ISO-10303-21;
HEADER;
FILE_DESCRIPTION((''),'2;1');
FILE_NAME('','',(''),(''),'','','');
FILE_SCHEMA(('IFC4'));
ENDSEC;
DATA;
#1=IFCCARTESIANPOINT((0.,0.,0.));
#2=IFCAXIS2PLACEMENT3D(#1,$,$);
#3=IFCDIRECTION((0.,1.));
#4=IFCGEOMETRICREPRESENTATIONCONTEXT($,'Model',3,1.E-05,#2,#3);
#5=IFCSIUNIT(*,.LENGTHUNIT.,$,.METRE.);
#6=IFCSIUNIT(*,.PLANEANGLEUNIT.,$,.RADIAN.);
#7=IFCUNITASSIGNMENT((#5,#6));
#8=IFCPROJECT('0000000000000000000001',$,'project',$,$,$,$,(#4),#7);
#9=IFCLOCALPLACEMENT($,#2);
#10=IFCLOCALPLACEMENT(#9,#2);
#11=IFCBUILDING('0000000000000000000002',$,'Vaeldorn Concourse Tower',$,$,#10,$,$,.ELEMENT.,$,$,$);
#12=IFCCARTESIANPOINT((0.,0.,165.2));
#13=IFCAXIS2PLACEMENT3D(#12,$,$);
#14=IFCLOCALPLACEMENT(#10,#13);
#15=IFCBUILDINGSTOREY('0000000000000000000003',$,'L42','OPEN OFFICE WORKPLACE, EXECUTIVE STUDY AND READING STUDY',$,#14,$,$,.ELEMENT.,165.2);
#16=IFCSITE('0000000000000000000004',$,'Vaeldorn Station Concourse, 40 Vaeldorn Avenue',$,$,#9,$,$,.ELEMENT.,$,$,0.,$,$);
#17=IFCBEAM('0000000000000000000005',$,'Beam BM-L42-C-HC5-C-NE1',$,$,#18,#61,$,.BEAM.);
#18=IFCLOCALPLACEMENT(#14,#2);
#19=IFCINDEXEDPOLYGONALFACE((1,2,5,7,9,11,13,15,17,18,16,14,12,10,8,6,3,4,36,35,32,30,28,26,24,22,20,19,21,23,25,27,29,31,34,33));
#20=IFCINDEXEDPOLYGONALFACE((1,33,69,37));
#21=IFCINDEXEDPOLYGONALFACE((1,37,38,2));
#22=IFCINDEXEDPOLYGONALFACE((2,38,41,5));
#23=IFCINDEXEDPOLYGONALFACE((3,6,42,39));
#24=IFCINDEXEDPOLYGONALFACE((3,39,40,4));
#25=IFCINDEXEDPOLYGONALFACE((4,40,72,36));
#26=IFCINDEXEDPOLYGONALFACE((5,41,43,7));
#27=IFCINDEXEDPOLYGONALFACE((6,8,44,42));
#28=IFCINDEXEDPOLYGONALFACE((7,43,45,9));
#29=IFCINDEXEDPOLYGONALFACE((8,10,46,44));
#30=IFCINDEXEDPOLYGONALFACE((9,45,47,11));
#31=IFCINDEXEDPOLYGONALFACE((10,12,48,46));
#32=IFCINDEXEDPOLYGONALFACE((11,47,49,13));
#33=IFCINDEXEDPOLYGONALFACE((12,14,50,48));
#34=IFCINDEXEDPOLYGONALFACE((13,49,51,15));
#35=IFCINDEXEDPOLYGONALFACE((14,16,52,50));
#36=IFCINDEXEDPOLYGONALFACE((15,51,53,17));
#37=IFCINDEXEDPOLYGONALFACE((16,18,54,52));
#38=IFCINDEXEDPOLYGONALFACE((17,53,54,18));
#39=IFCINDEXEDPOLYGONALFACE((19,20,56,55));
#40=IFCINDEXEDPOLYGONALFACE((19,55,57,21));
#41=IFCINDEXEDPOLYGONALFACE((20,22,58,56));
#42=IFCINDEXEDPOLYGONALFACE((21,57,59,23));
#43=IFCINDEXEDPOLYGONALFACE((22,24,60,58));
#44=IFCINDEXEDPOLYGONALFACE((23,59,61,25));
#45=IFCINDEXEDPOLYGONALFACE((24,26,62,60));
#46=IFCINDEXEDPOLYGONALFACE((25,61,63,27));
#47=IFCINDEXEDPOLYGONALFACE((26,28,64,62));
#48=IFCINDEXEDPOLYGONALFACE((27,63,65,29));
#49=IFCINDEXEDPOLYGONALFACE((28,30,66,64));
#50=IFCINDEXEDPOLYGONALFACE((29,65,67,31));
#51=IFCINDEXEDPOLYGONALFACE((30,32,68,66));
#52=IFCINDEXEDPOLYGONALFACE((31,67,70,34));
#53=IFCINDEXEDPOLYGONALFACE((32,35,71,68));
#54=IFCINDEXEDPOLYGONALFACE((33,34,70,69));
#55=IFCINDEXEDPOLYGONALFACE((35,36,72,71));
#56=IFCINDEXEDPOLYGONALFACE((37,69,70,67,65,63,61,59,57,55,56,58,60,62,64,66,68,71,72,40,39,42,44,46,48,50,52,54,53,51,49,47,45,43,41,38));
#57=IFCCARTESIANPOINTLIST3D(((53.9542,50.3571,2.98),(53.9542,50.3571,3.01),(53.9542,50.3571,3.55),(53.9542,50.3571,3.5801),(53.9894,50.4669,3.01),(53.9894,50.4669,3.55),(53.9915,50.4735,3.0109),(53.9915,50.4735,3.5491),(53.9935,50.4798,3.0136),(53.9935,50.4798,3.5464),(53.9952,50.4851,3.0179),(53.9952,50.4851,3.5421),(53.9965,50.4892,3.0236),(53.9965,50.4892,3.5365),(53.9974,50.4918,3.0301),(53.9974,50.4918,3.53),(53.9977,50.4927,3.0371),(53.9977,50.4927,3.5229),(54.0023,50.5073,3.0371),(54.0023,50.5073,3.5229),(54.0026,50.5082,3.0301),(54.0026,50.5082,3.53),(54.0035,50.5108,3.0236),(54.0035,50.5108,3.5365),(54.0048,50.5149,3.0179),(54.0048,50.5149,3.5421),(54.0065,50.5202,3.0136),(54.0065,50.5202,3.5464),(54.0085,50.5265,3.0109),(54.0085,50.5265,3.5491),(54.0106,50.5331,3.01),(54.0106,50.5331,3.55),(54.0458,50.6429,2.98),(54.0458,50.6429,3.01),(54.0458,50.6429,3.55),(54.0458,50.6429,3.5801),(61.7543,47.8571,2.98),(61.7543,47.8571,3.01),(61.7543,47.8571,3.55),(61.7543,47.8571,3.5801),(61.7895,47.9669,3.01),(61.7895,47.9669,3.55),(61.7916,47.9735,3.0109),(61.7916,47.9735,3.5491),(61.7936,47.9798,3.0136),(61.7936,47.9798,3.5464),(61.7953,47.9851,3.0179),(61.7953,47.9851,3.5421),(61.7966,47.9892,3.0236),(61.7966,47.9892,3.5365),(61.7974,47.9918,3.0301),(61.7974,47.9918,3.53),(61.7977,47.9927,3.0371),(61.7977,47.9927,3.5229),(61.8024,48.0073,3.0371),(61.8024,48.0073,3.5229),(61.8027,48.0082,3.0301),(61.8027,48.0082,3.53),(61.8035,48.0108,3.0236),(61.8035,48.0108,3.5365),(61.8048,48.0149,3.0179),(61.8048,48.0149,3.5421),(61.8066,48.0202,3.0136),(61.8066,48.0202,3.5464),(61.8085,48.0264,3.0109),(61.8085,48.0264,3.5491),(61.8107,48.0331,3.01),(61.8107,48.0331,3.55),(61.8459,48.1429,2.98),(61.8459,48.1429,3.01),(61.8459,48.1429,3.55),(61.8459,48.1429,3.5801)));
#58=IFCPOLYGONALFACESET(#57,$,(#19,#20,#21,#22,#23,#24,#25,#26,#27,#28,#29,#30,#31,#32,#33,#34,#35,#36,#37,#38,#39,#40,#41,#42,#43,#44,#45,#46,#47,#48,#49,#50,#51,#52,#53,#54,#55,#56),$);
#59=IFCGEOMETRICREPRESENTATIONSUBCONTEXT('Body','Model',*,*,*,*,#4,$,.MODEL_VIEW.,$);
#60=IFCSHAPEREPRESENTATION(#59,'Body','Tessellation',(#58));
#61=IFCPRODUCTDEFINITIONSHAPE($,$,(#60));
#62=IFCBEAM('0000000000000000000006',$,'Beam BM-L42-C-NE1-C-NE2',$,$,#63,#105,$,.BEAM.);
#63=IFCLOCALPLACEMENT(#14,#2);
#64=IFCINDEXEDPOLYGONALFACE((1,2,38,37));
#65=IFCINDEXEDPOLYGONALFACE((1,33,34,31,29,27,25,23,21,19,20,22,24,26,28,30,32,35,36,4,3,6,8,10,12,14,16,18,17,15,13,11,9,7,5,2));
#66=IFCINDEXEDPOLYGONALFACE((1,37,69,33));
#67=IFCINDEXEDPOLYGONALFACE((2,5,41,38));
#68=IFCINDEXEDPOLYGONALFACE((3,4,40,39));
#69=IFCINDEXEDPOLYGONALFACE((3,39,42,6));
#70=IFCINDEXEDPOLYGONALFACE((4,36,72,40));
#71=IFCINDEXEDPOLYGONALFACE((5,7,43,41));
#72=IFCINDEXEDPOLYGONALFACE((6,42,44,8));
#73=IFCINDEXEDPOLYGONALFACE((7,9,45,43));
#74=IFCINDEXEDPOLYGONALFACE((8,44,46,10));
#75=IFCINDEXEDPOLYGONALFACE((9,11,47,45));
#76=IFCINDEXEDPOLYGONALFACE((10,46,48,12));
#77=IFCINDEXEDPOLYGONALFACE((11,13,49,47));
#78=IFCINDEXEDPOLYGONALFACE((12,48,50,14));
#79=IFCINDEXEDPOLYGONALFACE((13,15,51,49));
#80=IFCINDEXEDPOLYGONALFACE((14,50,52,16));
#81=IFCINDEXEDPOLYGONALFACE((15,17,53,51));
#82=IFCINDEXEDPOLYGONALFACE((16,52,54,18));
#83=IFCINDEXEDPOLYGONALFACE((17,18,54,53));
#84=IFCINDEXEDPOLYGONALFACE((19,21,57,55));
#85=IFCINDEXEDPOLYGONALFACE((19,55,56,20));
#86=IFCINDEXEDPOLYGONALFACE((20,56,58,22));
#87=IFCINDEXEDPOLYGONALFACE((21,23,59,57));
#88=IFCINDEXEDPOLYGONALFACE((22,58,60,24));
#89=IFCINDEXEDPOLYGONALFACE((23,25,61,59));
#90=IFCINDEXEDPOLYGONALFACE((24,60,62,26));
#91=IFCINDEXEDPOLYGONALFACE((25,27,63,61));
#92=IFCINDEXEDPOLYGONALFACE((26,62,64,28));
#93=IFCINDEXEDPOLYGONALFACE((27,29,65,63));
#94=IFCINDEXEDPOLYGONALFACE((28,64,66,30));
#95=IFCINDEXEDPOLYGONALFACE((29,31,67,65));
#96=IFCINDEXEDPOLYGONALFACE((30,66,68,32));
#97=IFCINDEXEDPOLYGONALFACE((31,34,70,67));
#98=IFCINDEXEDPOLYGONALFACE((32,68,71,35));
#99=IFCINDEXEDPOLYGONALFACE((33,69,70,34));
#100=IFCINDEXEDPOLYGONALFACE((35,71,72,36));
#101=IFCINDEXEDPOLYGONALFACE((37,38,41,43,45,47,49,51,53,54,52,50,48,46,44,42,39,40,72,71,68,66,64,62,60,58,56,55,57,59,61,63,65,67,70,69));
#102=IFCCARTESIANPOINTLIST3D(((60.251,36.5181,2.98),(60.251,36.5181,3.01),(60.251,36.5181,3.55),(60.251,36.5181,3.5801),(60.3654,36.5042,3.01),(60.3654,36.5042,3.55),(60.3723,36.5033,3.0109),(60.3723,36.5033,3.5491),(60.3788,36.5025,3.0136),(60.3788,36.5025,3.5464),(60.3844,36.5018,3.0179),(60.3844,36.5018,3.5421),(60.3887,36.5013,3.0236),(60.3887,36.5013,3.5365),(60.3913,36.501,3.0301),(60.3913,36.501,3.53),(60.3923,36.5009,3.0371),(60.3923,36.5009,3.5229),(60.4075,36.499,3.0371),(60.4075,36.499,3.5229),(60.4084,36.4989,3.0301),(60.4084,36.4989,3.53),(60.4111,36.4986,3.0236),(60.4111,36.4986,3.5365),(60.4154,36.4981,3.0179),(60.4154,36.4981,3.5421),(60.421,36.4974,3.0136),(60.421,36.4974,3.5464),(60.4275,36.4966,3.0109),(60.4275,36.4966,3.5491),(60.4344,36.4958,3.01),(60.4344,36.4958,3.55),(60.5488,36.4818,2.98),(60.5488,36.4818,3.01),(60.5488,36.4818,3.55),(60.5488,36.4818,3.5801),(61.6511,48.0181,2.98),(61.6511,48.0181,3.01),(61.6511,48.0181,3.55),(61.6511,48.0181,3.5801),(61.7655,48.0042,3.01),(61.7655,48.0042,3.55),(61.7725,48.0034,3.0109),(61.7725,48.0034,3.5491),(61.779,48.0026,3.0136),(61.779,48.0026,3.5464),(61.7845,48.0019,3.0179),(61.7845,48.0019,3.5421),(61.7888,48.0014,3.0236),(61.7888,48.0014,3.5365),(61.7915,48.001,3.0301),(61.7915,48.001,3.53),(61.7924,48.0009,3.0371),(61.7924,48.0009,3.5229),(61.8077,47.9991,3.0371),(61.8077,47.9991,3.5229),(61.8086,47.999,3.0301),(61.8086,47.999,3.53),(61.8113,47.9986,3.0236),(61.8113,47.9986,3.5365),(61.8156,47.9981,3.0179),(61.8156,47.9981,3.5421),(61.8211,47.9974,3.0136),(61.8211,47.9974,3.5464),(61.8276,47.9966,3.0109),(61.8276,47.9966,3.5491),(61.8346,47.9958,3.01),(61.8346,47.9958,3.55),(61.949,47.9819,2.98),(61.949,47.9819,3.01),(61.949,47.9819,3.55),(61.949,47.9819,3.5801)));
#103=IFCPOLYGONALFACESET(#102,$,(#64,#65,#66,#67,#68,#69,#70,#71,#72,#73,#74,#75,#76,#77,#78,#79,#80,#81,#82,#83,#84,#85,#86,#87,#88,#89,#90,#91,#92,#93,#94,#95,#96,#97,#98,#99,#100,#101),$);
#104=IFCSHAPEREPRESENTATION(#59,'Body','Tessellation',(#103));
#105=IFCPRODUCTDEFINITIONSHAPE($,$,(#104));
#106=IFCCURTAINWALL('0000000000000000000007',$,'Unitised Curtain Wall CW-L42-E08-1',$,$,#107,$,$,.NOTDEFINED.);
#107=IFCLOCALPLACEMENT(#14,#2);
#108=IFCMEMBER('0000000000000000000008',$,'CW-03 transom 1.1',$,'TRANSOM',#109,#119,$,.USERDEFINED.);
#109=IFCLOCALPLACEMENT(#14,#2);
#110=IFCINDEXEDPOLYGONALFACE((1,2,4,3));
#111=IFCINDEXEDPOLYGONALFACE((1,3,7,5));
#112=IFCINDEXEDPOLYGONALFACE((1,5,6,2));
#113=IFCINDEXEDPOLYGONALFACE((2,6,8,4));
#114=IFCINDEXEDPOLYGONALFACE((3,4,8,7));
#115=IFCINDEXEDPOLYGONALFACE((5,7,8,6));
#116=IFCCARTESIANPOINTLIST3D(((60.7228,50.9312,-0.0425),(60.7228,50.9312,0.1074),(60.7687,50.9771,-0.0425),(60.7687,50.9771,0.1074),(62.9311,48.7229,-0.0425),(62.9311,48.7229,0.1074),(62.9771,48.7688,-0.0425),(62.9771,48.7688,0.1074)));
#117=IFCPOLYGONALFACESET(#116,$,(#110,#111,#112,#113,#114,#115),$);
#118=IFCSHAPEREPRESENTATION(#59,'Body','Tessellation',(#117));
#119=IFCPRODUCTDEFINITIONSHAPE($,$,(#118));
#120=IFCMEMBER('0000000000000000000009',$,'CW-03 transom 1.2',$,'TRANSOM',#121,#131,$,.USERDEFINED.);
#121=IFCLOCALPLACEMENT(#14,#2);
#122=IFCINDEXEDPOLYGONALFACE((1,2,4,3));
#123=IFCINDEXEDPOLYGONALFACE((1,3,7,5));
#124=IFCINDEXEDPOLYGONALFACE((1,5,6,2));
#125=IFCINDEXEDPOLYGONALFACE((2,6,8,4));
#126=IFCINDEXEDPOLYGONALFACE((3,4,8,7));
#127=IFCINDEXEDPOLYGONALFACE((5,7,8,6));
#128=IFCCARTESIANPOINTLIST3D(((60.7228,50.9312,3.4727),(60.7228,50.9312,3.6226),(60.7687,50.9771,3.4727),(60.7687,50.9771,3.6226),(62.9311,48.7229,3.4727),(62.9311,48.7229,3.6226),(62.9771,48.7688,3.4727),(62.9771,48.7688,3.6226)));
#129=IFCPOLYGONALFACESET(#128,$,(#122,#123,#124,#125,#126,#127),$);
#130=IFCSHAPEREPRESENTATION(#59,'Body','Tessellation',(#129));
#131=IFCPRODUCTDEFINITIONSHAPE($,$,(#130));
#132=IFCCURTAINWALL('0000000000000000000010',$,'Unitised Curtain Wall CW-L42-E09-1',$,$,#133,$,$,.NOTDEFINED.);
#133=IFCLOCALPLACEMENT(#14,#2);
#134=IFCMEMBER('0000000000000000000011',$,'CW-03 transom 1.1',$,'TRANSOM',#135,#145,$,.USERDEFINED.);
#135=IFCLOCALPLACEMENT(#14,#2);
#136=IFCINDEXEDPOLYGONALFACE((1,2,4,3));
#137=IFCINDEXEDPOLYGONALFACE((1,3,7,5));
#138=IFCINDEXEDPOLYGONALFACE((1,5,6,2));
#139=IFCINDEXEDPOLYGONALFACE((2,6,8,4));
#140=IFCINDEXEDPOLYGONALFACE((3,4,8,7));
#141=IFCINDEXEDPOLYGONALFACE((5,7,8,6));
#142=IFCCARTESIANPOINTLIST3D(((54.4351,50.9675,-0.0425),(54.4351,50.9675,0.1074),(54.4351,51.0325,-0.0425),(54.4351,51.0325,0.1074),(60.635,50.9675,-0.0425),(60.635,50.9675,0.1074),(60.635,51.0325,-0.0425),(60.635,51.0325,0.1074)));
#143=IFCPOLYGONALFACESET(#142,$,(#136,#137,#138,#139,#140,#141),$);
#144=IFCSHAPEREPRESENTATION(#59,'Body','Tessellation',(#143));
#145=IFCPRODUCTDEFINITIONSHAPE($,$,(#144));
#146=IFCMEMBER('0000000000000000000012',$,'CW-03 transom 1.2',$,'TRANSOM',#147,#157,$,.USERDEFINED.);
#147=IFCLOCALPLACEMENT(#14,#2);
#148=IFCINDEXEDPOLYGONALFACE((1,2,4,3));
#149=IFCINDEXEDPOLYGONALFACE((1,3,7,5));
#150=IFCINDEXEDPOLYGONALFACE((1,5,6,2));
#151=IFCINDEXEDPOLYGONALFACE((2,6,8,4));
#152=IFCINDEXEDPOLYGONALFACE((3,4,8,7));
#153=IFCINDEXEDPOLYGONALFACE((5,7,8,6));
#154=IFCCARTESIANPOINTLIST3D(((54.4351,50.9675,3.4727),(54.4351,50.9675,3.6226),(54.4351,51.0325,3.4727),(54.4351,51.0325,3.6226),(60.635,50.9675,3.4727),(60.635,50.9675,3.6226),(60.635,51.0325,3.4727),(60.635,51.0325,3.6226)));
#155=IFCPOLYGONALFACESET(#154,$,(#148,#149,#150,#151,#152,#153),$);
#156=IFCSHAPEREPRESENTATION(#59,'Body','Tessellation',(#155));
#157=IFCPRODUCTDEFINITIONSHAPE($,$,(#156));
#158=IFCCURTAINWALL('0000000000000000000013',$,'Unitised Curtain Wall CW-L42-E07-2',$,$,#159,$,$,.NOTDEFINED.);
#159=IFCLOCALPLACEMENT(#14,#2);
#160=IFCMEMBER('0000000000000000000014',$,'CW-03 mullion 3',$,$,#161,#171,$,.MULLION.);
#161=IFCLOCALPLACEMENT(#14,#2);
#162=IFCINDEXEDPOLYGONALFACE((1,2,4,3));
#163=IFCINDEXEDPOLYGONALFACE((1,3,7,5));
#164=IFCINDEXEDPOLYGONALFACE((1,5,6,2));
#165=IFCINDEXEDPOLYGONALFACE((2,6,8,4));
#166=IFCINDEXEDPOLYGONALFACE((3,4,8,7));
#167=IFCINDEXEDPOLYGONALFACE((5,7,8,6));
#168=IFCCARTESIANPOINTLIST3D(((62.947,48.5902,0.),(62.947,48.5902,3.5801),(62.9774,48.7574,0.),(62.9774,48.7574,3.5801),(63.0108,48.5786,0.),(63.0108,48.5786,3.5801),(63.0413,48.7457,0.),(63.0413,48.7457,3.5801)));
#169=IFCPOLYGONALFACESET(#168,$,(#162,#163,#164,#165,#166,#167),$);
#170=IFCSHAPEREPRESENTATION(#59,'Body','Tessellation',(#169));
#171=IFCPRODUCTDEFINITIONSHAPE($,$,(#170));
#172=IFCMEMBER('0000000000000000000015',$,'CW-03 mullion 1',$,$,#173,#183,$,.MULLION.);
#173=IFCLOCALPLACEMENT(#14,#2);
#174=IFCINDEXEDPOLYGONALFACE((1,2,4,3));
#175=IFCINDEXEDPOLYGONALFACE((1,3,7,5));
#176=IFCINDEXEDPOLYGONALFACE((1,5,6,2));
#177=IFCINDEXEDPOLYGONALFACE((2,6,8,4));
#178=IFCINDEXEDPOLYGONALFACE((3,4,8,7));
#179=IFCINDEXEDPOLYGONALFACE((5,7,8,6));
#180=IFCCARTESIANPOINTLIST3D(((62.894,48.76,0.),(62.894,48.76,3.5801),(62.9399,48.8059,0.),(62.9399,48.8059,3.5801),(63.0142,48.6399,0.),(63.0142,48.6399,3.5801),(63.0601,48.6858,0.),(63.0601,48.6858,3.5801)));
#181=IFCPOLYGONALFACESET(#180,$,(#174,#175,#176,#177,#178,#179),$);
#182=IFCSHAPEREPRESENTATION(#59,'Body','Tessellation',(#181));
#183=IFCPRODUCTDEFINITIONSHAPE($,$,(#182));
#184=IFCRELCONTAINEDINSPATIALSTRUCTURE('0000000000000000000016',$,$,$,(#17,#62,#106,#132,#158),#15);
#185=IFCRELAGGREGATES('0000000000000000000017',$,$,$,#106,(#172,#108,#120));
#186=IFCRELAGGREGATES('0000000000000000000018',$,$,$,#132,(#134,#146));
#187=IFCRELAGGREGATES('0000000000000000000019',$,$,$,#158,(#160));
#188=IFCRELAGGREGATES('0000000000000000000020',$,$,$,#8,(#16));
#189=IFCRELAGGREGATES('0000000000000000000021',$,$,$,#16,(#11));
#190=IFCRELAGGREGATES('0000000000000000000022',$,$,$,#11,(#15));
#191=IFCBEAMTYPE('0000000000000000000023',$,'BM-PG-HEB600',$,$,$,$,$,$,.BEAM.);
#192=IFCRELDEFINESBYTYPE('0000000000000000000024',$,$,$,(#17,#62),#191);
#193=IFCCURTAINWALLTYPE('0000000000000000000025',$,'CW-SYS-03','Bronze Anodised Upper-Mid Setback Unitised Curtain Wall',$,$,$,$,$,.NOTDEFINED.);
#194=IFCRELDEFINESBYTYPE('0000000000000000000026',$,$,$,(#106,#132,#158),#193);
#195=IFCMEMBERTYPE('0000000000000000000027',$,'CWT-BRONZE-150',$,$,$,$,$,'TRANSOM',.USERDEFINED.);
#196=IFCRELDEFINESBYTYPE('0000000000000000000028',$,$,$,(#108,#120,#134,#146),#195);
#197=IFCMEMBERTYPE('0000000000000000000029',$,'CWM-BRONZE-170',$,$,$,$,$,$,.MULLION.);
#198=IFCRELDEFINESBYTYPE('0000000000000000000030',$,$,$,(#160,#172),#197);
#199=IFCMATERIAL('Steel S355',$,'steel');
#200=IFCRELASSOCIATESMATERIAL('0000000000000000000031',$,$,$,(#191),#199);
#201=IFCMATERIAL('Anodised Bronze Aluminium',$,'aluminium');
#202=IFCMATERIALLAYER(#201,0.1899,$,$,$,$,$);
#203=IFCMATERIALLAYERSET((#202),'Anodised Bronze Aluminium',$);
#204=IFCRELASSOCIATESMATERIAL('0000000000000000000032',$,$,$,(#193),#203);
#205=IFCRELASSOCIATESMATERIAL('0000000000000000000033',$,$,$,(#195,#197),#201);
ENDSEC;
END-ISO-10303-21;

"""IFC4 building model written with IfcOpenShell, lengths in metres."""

from ifc_helpers import new_model, si_unit, direction, frame, origin, origin_2d, place, context, subcontext, project, spatial, rectangle, i_section, extrude, source, transform, mapped, material, layer, layer_set, material_profile, profile_set, type_object, element, aggregate, save


model = new_model("IFC4")

# Units and contexts
model_context = context("Model", 3, precision=1e-05, world=origin(), true_north=direction((0.0, 1.0)))
body_context = subcontext(model_context, "Body", "Model", "MODEL_VIEW")
ifc_project = project(units=[si_unit("LENGTHUNIT", "METRE"), si_unit("PLANEANGLEUNIT", "RADIAN")], contexts=[model_context])

# Site, building, storey
site_placement = place(None, origin())
site = spatial("IfcSite", under=ifc_project, at=site_placement, Name="Vaeldorn Station Concourse, 40 Vaeldorn Avenue", CompositionType="ELEMENT", RefElevation=0.0)
building_placement = place(site_placement, origin())
building = spatial("IfcBuilding", under=site, at=building_placement, Name="Vaeldorn Concourse Tower", CompositionType="ELEMENT")
storey_placement = place(building_placement, frame((0.0, 0.0, 165.2)))
storey = spatial("IfcBuildingStorey", under=building, at=storey_placement, Name="L42", Description="OPEN OFFICE WORKPLACE, EXECUTIVE STUDY AND READING STUDY", CompositionType="ELEMENT", Elevation=165.2)

# Beams
ifc_material_1 = material(Name="Steel S355", Category="steel")
ifc_material_profile_1 = material_profile(ifc_material_1, i_section(OverallWidth=0.3, OverallDepth=0.6001, WebThickness=0.0154, FlangeThickness=0.03, FilletRadius=0.0271, at=origin_2d()), Name="HEB 600")
ifc_profile_set_1 = profile_set([ifc_material_profile_1], Name="Steel S355")
beam_type_1 = type_object("IfcBeamType", Name="BM-PG-HEB600", PredefinedType="BEAM", material=ifc_profile_set_1)
shared_shape_1 = source(origin(), body_context, "Body", "SweptSolid", [
    extrude(i_section(OverallWidth=0.3, OverallDepth=0.6001, WebThickness=0.0154, FlangeThickness=0.03, FilletRadius=0.0271, at=origin_2d()), origin(), (0.0, 0.0, 1.0), 8.1909),
])
beam_1_placement = place(storey_placement, frame((54.0, 50.5, 3.28), z_axis=(0.952283, -0.305217, 0.0), x_axis=(0.305217, 0.952283, 0.0)))
element("IfcBeam", 1, at=beam_1_placement, inside=storey, type_object=beam_type_1, Name="Beam BM-L42-C-HC5-C-NE1", PredefinedType="BEAM", context=body_context, shape_type="MappedRepresentation", body=[
    mapped(shared_shape_1, transform((0.0, 0.0, 0.0), scale=1.0)),
])
shared_shape_2 = source(origin(), body_context, "Body", "SweptSolid", [
    extrude(i_section(OverallWidth=0.3, OverallDepth=0.6001, WebThickness=0.0154, FlangeThickness=0.03, FilletRadius=0.0271, at=origin_2d()), origin(), (0.0, 0.0, 1.0), 11.585),
])
beam_2_placement = place(storey_placement, frame((61.8, 48.0, 3.28), z_axis=(-0.120859, -0.99267, 0.0), x_axis=(0.99267, -0.120859, 0.0)))
element("IfcBeam", 2, at=beam_2_placement, inside=storey, type_object=beam_type_1, Name="Beam BM-L42-C-NE1-C-NE2", PredefinedType="BEAM", context=body_context, shape_type="MappedRepresentation", body=[
    mapped(shared_shape_2, transform((0.0, 0.0, 0.0), scale=1.0)),
])

# Curtain walls, members
ifc_material_2 = material(Name="Anodised Bronze Aluminium", Category="aluminium")
ifc_layer_1 = layer(ifc_material_2, 0.1899)
ifc_layer_set_1 = layer_set([ifc_layer_1], Name="Anodised Bronze Aluminium")
curtain_wall_type = type_object("IfcCurtainWallType", Name="CW-SYS-03", Description="Bronze Anodised Upper-Mid Setback Unitised Curtain Wall", PredefinedType="NOTDEFINED", material=ifc_layer_set_1)
curtain_wall_1_placement = place(storey_placement, origin())
curtain_wall_1 = element("IfcCurtainWall", 3, at=curtain_wall_1_placement, inside=storey, type_object=curtain_wall_type, Name="Unitised Curtain Wall CW-L42-E08-1", PredefinedType="NOTDEFINED")
ifc_material_profile_2 = material_profile(ifc_material_2, rectangle(XDim=0.0649, YDim=0.1499, at=origin_2d()), Name="CWT 65x150")
ifc_profile_set_2 = profile_set([ifc_material_profile_2], Name="Anodised Bronze Aluminium")
member_type_1 = type_object("IfcMemberType", Name="CWT-BRONZE-150", ElementType="TRANSOM", PredefinedType="USERDEFINED", material=ifc_profile_set_2)
shared_shape_3 = source(origin(), body_context, "Body", "SweptSolid", [
    extrude(rectangle(XDim=0.0649, YDim=0.1499, at=origin_2d()), origin(), (0.0, 0.0, 1.0), 3.123),
])
member_1_placement = place(storey_placement, frame((62.9541, 48.7458, 0.0325), z_axis=(-0.707107, 0.707107, 0.0), x_axis=(-0.707107, -0.707107, 0.0)))
member_1 = element("IfcMember", 4, at=member_1_placement, type_object=member_type_1, Name="CW-03 transom 1.1", ObjectType="TRANSOM", PredefinedType="USERDEFINED", context=body_context, shape_type="MappedRepresentation", body=[
    mapped(shared_shape_3, transform((0.0, 0.0, 0.0), scale=1.0)),
])
member_2_placement = place(storey_placement, frame((62.9541, 48.7458, 3.5476), z_axis=(-0.707107, 0.707107, 0.0), x_axis=(-0.707107, -0.707107, 0.0)))
member_2 = element("IfcMember", 5, at=member_2_placement, type_object=member_type_1, Name="CW-03 transom 1.2", ObjectType="TRANSOM", PredefinedType="USERDEFINED", context=body_context, shape_type="MappedRepresentation", body=[
    mapped(shared_shape_3, transform((0.0, 0.0, 0.0), scale=1.0)),
])
curtain_wall_2_placement = place(storey_placement, origin())
curtain_wall_2 = element("IfcCurtainWall", 6, at=curtain_wall_2_placement, inside=storey, type_object=curtain_wall_type, Name="Unitised Curtain Wall CW-L42-E09-1", PredefinedType="NOTDEFINED")
shared_shape_4 = source(origin(), body_context, "Body", "SweptSolid", [
    extrude(rectangle(XDim=0.0649, YDim=0.1499, at=origin_2d()), origin(), (0.0, 0.0, 1.0), 6.2),
])
member_3_placement = place(storey_placement, frame((60.635, 51.0, 0.0325), z_axis=(-1.0, 0.0, 0.0), x_axis=(0.0, -1.0, 0.0)))
member_3 = element("IfcMember", 7, at=member_3_placement, type_object=member_type_1, Name="CW-03 transom 1.1", ObjectType="TRANSOM", PredefinedType="USERDEFINED", context=body_context, shape_type="MappedRepresentation", body=[
    mapped(shared_shape_4, transform((0.0, 0.0, 0.0), scale=1.0)),
])
member_4_placement = place(storey_placement, frame((60.635, 51.0, 3.5476), z_axis=(-1.0, 0.0, 0.0), x_axis=(0.0, -1.0, 0.0)))
member_4 = element("IfcMember", 8, at=member_4_placement, type_object=member_type_1, Name="CW-03 transom 1.2", ObjectType="TRANSOM", PredefinedType="USERDEFINED", context=body_context, shape_type="MappedRepresentation", body=[
    mapped(shared_shape_4, transform((0.0, 0.0, 0.0), scale=1.0)),
])

# Curtain wall, member
curtain_wall_3_placement = place(storey_placement, origin())
curtain_wall_3 = element("IfcCurtainWall", 9, at=curtain_wall_3_placement, inside=storey, type_object=curtain_wall_type, Name="Unitised Curtain Wall CW-L42-E07-2", PredefinedType="NOTDEFINED")
ifc_material_profile_3 = material_profile(ifc_material_2, rectangle(XDim=0.0649, YDim=0.1699, at=origin_2d()), Name="CWM 65x170")
ifc_profile_set_3 = profile_set([ifc_material_profile_3], Name="Anodised Bronze Aluminium")
member_type_2 = type_object("IfcMemberType", Name="CWM-BRONZE-170", PredefinedType="MULLION", material=ifc_profile_set_3)
shared_shape_5 = source(origin(), body_context, "Body", "SweptSolid", [
    extrude(rectangle(XDim=0.0649, YDim=0.1699, at=origin_2d()), origin(), (0.0, 0.0, 1.0), 3.5801),
])
member_5_placement = place(storey_placement, frame((62.9941, 48.668, 0.0), z_axis=(0.0, 0.0, 1.0), x_axis=(-0.983768, 0.179447, 0.0)))
member_5 = element("IfcMember", 10, at=member_5_placement, type_object=member_type_2, Name="CW-03 mullion 3", PredefinedType="MULLION", context=body_context, shape_type="MappedRepresentation", body=[
    mapped(shared_shape_5, transform((0.0, 0.0, 0.0), scale=1.0)),
])

# Member
member_6_placement = place(storey_placement, frame((62.9771, 48.7229, 0.0), z_axis=(0.0, 0.0, 1.0), x_axis=(-0.707107, -0.707107, 0.0)))
member_6 = element("IfcMember", 11, at=member_6_placement, type_object=member_type_2, Name="CW-03 mullion 1", PredefinedType="MULLION", context=body_context, shape_type="MappedRepresentation", body=[
    mapped(shared_shape_5, transform((0.0, 0.0, 0.0), scale=1.0)),
])

aggregate(curtain_wall_1, [member_6, member_1, member_2])
aggregate(curtain_wall_2, [member_3, member_4])
aggregate(curtain_wall_3, [member_5])

save(model, "model.ifc")
